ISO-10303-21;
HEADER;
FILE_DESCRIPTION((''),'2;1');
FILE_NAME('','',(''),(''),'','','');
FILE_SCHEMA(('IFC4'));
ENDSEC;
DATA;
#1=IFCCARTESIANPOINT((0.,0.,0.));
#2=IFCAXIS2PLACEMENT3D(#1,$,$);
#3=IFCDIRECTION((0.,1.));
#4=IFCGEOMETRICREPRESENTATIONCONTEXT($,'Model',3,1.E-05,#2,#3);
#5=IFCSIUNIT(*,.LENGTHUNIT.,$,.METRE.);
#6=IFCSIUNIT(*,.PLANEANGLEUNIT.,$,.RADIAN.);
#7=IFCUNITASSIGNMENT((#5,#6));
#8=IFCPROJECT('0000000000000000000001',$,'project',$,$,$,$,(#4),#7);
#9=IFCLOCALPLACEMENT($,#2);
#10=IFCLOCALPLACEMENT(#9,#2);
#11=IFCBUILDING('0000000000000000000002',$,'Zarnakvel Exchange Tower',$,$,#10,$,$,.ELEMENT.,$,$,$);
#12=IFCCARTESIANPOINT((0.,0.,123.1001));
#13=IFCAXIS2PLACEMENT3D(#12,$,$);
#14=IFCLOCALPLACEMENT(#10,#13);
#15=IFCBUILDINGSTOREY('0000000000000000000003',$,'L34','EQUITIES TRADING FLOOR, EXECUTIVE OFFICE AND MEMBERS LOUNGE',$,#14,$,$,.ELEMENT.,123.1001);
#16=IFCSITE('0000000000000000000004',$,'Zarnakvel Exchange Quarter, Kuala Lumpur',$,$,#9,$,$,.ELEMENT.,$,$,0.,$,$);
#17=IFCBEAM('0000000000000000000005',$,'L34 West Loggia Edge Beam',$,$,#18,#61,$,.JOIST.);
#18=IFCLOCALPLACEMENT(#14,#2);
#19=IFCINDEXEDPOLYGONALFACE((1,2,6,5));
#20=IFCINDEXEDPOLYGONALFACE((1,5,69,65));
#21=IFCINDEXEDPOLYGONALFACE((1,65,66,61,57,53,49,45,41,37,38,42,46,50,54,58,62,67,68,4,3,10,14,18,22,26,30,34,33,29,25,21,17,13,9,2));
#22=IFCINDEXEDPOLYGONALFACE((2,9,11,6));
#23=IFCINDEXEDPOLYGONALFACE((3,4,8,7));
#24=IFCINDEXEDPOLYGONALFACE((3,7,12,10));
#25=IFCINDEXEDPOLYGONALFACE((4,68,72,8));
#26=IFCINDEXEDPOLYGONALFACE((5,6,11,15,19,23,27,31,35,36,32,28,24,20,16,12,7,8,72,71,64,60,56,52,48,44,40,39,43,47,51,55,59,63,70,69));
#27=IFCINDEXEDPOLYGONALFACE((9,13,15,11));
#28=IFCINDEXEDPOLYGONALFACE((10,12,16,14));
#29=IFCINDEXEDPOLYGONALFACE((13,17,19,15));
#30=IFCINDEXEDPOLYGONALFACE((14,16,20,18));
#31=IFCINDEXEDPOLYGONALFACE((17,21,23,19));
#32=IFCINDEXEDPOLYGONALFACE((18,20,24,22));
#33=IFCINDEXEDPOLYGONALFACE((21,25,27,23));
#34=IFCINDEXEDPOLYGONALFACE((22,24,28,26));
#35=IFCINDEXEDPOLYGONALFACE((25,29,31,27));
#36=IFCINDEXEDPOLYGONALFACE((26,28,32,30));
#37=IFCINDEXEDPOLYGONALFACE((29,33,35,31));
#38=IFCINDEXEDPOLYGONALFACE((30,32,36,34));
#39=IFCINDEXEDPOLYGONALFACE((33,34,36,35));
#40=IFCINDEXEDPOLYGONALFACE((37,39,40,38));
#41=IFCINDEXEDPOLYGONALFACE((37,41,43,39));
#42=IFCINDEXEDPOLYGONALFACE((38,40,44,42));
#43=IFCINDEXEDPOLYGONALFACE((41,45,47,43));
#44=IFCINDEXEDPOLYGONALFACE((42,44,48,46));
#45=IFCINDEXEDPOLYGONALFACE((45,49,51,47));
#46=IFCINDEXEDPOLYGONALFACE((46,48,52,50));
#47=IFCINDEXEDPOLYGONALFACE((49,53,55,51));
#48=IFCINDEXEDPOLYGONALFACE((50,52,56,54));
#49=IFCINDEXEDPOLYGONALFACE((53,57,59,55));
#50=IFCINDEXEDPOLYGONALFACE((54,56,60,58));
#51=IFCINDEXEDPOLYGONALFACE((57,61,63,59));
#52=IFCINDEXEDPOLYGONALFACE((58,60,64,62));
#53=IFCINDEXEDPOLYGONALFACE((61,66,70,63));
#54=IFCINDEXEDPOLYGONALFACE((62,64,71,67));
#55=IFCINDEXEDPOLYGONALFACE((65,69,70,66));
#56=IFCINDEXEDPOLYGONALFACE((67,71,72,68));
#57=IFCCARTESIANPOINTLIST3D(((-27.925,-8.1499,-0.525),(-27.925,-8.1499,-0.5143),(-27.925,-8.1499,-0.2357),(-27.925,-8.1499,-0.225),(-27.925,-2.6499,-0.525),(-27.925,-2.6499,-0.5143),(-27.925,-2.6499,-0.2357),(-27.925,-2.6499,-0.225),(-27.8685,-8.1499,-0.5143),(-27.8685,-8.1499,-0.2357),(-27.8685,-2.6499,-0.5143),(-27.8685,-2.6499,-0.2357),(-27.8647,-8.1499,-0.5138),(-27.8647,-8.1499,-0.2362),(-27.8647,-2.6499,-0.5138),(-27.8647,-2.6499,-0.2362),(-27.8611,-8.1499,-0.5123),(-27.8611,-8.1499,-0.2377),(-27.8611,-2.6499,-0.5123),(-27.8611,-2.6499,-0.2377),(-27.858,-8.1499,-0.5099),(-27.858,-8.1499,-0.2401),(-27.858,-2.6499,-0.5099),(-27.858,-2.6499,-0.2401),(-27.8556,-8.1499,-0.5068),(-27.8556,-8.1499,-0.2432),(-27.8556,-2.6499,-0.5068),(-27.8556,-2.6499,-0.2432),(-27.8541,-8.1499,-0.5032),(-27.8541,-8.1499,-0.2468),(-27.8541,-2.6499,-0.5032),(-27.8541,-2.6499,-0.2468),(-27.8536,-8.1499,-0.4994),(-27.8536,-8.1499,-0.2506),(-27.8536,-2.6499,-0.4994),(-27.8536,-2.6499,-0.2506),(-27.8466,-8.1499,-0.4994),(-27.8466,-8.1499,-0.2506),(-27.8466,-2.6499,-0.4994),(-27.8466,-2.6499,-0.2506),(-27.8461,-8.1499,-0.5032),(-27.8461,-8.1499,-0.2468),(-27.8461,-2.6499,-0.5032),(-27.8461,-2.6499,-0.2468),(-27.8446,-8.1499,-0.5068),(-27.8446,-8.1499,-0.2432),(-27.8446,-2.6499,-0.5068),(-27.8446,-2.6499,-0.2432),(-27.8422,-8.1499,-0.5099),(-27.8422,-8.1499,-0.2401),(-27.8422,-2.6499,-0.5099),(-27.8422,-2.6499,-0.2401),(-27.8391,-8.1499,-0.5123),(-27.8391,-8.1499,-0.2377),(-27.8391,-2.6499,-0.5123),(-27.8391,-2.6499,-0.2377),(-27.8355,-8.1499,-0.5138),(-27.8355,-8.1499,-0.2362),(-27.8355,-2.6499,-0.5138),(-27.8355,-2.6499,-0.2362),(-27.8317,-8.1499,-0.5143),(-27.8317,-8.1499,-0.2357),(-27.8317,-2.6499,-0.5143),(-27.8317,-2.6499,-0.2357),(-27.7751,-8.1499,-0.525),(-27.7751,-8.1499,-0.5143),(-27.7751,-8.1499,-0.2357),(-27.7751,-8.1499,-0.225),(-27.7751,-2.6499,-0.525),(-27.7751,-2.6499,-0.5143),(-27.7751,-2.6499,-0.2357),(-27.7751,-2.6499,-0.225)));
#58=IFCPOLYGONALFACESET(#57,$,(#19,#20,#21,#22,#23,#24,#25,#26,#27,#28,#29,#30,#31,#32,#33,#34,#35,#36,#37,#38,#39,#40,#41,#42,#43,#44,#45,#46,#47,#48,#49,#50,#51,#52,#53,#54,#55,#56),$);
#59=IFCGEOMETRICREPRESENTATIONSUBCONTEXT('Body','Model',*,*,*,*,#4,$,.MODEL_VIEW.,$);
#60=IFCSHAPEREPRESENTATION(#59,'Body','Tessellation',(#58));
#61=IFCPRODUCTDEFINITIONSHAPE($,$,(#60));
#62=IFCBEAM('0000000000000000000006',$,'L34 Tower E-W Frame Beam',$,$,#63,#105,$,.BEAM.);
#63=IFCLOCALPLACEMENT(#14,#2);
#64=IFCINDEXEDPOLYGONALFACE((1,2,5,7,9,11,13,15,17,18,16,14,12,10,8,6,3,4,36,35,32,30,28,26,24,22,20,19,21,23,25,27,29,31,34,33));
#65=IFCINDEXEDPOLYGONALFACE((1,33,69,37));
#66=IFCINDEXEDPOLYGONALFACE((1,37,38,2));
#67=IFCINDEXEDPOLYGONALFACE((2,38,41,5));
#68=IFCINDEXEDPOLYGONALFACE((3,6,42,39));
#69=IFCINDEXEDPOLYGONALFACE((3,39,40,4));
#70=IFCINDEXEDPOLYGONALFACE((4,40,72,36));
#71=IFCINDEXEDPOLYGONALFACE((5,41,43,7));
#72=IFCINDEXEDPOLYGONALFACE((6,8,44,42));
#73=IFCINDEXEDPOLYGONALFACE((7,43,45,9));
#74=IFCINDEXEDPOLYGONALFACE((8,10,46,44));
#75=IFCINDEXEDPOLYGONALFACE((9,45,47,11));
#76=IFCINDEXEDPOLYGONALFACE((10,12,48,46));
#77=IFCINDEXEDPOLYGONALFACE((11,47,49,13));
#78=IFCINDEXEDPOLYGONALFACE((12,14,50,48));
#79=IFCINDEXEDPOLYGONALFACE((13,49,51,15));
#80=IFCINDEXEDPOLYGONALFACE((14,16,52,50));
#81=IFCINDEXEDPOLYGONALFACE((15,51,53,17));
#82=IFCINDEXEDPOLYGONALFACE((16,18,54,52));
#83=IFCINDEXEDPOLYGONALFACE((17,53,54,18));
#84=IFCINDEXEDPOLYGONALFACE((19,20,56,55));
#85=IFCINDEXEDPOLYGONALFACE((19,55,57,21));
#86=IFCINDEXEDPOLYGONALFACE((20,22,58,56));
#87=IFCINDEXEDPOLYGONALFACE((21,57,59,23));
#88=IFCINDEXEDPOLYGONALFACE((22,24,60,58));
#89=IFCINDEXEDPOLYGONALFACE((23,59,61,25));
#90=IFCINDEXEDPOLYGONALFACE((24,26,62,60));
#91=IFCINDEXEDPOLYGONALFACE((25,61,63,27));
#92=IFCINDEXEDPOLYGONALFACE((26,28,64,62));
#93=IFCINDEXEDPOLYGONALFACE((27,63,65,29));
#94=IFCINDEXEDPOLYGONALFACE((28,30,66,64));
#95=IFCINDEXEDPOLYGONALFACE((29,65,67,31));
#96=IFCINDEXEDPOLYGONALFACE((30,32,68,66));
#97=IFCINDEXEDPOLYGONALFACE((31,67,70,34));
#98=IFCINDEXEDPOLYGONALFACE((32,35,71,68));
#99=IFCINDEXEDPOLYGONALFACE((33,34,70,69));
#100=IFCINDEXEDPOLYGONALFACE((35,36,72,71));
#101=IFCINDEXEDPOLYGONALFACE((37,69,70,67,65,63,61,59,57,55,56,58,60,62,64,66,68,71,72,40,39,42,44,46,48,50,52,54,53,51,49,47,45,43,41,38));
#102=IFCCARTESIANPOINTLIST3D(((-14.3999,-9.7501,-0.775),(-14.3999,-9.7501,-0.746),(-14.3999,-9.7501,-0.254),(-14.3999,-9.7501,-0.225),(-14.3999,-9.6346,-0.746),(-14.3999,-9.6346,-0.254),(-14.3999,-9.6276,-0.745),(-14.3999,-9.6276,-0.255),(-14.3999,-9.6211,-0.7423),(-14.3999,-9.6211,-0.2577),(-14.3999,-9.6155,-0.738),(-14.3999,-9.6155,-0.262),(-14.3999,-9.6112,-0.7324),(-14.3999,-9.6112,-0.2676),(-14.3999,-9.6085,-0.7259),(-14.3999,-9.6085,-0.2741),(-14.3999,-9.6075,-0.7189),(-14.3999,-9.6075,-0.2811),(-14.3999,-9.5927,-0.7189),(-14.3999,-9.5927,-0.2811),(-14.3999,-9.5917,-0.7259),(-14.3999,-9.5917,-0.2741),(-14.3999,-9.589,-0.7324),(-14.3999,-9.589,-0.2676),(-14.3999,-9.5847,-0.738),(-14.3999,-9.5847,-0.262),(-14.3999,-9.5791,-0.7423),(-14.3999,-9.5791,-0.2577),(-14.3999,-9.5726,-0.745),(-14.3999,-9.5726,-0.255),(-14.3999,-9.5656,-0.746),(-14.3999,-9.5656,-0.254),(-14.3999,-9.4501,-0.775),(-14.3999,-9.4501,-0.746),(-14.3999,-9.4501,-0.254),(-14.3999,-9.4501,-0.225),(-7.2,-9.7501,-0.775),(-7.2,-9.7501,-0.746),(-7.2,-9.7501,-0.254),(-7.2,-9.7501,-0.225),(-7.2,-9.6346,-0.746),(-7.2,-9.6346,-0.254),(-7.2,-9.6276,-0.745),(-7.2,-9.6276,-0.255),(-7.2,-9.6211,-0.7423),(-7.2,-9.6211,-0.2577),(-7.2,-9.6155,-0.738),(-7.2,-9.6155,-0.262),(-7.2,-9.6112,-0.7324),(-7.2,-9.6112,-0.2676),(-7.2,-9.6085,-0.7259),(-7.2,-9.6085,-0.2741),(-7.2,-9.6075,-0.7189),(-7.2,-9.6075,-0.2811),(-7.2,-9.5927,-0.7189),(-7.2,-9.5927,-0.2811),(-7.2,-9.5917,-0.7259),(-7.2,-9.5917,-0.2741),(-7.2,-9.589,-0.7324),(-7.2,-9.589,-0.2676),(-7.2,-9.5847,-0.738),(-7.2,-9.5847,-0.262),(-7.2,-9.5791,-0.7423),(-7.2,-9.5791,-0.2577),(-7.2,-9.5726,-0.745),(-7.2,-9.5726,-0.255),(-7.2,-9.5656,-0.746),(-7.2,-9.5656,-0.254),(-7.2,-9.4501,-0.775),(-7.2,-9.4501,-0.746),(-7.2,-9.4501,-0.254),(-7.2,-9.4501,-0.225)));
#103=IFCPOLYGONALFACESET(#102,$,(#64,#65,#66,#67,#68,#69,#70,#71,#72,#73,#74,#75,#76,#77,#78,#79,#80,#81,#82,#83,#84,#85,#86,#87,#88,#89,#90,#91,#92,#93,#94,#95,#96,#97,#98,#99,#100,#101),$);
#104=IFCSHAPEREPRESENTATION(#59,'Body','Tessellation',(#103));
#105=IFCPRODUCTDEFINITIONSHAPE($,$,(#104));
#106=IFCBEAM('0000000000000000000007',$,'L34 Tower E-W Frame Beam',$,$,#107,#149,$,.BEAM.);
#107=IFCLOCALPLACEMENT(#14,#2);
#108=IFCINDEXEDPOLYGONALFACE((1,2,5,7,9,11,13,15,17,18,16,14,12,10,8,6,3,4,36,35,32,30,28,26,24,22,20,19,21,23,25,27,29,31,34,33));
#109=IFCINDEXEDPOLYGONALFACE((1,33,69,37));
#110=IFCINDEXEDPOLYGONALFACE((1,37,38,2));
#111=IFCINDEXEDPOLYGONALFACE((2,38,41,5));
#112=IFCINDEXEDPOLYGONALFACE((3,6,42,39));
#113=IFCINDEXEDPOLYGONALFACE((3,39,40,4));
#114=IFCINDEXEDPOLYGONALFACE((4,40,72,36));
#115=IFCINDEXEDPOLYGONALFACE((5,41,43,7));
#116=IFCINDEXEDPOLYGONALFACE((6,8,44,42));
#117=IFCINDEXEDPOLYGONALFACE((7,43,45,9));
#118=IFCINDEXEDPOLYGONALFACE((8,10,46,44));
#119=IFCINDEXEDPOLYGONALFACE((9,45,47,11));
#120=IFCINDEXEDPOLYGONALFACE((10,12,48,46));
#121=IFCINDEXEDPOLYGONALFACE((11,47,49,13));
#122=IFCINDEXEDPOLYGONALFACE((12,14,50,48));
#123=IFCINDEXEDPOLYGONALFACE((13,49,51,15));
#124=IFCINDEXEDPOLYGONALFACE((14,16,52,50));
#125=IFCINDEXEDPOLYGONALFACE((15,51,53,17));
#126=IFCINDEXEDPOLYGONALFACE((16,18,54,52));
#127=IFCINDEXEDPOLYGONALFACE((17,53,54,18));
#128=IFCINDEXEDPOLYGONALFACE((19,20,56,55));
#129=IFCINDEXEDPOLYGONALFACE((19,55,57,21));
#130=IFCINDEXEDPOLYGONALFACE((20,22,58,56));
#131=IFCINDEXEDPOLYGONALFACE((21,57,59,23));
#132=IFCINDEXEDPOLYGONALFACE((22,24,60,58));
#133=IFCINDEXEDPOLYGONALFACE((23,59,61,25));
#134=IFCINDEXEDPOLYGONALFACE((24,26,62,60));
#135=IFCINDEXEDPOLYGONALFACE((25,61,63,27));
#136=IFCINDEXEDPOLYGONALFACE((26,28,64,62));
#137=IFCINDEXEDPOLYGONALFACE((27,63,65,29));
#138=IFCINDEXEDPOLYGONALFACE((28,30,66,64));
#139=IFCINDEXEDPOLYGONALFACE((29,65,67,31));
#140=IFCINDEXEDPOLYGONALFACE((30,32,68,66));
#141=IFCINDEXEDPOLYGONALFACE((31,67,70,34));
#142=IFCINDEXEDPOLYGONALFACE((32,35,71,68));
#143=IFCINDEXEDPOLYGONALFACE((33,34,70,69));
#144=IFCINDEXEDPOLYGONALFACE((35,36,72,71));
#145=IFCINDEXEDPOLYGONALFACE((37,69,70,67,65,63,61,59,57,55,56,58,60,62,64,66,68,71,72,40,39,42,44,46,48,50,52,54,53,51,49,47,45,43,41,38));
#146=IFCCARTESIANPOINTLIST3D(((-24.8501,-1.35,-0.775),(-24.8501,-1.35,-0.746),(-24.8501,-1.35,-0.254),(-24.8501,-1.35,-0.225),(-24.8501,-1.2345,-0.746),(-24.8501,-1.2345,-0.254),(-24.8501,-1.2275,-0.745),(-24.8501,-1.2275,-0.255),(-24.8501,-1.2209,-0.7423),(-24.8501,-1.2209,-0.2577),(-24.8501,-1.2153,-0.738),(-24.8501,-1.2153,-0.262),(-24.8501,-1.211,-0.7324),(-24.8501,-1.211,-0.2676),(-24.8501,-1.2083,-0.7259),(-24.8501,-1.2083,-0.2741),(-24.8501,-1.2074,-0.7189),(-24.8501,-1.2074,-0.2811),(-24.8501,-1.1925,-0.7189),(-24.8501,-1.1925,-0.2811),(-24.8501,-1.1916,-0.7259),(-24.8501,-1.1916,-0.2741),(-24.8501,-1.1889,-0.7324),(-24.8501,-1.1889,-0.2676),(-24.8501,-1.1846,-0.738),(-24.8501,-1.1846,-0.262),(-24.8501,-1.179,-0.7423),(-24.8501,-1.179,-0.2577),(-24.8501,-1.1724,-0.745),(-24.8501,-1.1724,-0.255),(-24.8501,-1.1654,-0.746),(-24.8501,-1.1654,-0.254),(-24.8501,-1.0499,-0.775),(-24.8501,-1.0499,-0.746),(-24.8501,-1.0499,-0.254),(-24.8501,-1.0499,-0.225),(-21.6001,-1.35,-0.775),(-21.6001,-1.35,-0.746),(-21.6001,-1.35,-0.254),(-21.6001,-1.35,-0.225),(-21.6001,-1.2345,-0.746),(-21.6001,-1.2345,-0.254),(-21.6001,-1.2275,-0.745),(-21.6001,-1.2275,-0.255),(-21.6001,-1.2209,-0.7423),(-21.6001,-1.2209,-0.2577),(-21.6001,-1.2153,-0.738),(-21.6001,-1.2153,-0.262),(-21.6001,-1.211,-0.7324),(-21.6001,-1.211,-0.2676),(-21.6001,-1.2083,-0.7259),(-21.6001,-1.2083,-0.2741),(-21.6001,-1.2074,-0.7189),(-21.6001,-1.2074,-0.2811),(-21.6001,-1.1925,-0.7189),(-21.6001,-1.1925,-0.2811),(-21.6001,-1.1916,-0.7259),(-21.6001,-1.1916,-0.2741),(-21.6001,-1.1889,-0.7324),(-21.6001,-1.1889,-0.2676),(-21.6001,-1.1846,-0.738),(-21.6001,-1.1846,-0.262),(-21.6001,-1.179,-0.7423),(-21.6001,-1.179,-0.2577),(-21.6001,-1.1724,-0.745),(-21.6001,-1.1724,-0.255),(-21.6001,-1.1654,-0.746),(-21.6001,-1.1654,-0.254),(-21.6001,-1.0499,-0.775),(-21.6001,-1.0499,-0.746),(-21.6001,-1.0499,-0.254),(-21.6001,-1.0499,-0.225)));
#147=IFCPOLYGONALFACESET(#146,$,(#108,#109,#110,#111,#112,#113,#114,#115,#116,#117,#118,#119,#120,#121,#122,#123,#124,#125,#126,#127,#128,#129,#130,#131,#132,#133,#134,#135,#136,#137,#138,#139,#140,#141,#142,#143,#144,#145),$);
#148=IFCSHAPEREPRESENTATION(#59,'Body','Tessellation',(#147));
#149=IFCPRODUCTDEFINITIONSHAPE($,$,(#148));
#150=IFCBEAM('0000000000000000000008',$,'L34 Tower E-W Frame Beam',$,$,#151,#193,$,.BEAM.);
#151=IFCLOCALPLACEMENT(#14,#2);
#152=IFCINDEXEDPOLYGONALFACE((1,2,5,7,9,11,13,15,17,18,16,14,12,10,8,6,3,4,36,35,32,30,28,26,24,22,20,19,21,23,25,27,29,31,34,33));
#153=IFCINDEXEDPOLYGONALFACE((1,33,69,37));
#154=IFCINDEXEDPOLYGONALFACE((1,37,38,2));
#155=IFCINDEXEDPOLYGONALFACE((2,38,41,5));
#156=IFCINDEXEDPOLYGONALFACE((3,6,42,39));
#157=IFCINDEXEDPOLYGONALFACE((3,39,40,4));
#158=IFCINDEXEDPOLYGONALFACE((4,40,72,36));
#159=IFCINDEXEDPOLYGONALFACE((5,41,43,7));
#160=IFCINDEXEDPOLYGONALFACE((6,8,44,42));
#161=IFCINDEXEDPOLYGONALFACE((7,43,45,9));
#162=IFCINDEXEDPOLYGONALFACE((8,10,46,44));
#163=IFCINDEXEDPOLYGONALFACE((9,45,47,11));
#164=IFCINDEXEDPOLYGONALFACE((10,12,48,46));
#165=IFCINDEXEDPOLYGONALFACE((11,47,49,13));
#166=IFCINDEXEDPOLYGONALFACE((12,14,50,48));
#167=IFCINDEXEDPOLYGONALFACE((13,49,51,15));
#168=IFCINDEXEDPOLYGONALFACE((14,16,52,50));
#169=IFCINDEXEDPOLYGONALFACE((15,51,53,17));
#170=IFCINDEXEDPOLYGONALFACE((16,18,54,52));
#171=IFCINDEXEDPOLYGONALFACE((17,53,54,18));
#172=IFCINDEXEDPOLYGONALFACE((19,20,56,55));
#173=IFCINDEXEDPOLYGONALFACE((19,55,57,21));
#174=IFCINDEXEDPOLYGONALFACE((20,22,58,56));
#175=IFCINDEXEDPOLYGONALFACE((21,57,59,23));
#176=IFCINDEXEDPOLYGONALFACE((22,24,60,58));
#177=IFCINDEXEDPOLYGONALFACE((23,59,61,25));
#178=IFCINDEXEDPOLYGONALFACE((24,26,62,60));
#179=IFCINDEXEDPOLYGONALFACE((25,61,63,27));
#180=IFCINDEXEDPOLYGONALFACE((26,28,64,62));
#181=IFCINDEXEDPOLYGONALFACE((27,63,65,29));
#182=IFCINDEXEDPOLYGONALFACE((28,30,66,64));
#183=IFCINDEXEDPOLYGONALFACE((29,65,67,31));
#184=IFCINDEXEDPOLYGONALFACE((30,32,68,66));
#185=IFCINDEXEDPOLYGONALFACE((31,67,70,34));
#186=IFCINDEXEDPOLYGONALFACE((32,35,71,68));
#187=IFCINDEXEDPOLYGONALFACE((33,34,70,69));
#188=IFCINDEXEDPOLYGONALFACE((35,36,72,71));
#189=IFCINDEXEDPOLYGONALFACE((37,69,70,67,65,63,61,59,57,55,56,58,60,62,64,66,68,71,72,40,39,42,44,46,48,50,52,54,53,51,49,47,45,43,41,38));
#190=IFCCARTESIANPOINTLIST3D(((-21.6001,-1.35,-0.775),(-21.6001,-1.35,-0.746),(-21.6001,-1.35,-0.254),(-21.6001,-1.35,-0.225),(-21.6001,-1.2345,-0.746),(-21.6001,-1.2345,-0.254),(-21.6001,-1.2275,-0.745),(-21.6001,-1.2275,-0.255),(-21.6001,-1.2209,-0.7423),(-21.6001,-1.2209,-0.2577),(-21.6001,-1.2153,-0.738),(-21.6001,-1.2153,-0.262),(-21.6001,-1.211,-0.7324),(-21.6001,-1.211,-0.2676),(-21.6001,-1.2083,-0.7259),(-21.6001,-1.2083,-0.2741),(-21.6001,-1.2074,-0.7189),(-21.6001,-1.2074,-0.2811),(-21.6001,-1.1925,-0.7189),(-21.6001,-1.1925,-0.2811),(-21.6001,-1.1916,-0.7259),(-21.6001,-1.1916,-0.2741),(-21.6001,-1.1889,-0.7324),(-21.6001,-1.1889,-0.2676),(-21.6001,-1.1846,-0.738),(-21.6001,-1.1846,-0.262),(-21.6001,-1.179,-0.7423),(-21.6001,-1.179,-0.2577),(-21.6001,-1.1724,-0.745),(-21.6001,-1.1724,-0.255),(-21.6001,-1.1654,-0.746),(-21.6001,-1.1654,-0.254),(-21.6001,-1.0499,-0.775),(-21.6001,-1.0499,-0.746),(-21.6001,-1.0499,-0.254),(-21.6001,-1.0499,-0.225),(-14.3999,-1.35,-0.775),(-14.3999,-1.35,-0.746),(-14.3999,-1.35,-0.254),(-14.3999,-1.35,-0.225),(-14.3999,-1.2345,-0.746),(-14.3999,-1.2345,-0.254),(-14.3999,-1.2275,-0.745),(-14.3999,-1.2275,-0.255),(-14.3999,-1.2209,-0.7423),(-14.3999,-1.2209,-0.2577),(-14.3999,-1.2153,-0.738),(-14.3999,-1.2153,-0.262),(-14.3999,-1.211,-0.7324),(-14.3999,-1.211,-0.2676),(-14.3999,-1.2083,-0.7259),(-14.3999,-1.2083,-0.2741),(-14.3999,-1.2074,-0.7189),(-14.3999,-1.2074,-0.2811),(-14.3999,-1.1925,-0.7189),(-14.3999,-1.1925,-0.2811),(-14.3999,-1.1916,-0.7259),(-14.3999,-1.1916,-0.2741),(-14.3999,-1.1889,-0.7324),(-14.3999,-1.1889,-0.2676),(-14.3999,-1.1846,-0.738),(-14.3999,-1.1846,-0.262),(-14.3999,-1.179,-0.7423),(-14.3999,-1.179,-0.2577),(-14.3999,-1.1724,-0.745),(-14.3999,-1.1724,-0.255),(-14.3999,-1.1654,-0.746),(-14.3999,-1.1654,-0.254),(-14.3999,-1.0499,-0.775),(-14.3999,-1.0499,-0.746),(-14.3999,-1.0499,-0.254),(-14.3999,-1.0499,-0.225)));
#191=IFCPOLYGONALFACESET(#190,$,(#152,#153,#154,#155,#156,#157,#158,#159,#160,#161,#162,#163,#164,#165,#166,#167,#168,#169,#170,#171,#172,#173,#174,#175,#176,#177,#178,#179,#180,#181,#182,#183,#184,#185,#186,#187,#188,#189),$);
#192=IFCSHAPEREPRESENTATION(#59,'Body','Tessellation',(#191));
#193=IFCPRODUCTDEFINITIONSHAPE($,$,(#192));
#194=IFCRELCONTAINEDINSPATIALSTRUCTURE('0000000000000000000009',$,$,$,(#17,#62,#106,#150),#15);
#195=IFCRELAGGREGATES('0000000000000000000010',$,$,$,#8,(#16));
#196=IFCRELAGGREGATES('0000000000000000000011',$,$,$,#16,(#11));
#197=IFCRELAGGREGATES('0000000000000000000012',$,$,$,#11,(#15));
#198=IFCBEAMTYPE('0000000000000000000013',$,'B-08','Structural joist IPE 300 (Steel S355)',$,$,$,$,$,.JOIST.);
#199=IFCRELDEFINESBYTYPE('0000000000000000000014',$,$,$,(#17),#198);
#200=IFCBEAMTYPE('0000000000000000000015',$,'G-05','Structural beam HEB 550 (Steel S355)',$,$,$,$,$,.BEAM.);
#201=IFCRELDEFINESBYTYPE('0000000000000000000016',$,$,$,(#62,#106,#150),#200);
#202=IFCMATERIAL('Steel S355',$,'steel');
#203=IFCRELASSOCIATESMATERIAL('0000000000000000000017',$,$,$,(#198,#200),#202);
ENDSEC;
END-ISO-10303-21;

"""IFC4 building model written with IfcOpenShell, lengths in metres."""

from ifc_helpers import new_model, si_unit, direction, frame, origin, origin_2d, place, context, subcontext, project, spatial, i_section, extrude, material, material_profile, profile_set, type_object, element, save


model = new_model("IFC4")

# Units and contexts
model_context = context("Model", 3, precision=1e-05, world=origin(), true_north=direction((0.0, 1.0)))
body_context = subcontext(model_context, "Body", "Model", "MODEL_VIEW")
ifc_project = project(units=[si_unit("LENGTHUNIT", "METRE"), si_unit("PLANEANGLEUNIT", "RADIAN")], contexts=[model_context])

# Site, building, storey
site_placement = place(None, origin())
site = spatial("IfcSite", under=ifc_project, at=site_placement, Name="Zarnakvel Exchange Quarter, Kuala Lumpur", CompositionType="ELEMENT", RefElevation=0.0)
building_placement = place(site_placement, origin())
building = spatial("IfcBuilding", under=site, at=building_placement, Name="Zarnakvel Exchange Tower", CompositionType="ELEMENT")
storey_placement = place(building_placement, frame((0.0, 0.0, 123.1001)))
storey = spatial("IfcBuildingStorey", under=building, at=storey_placement, Name="L34", Description="EQUITIES TRADING FLOOR, EXECUTIVE OFFICE AND MEMBERS LOUNGE", CompositionType="ELEMENT", Elevation=123.1001)

# Shared definitions
ifc_material_1 = material(Name="Steel S355", Category="steel")

# Beams
ifc_material_profile_1 = material_profile(ifc_material_1, i_section(OverallWidth=0.1499, OverallDepth=0.3, WebThickness=0.0071, FlangeThickness=0.0107, FilletRadius=0.0149, at=origin_2d()))
ifc_profile_set_1 = profile_set([ifc_material_profile_1], Name="Steel S355")
beam_type_1 = type_object("IfcBeamType", Name="B-08", Description="Structural joist IPE 300 (Steel S355)", PredefinedType="JOIST", material=ifc_profile_set_1)
beam_1_placement = place(storey_placement, frame((-27.8501, -8.1499, -0.375), z_axis=(0.0, 1.0, 0.0), x_axis=(-1.0, 0.0, 0.0)))
element("IfcBeam", 1, at=beam_1_placement, inside=storey, type_object=beam_type_1, Name="L34 West Loggia Edge Beam", PredefinedType="JOIST", context=body_context, shape_type="SweptSolid", body=[
    extrude(i_section(OverallWidth=0.1499, OverallDepth=0.3, WebThickness=0.0071, FlangeThickness=0.0107, FilletRadius=0.0149, at=origin_2d()), origin(), (0.0, 0.0, 1.0), 5.5),
])
ifc_material_profile_2 = material_profile(ifc_material_1, i_section(OverallWidth=0.3, OverallDepth=0.55, WebThickness=0.0149, FlangeThickness=0.0291, FilletRadius=0.0271, at=origin_2d()))
ifc_profile_set_2 = profile_set([ifc_material_profile_2], Name="Steel S355")
beam_type_2 = type_object("IfcBeamType", Name="G-05", Description="Structural beam HEB 550 (Steel S355)", PredefinedType="BEAM", material=ifc_profile_set_2)
beam_2_placement = place(storey_placement, frame((-14.3999, -9.6001, -0.5), z_axis=(1.0, 0.0, 0.0), x_axis=(0.0, 1.0, 0.0)))
element("IfcBeam", 2, at=beam_2_placement, inside=storey, type_object=beam_type_2, Name="L34 Tower E-W Frame Beam", PredefinedType="BEAM", context=body_context, shape_type="SweptSolid", body=[
    extrude(i_section(OverallWidth=0.3, OverallDepth=0.55, WebThickness=0.0149, FlangeThickness=0.0291, FilletRadius=0.0271, at=origin_2d()), origin(), (0.0, 0.0, 1.0), 7.2),
])
beam_3_placement = place(storey_placement, frame((-24.8501, -1.2, -0.5), z_axis=(1.0, 0.0, 0.0), x_axis=(0.0, 1.0, 0.0)))
element("IfcBeam", 3, at=beam_3_placement, inside=storey, type_object=beam_type_2, Name="L34 Tower E-W Frame Beam", PredefinedType="BEAM", context=body_context, shape_type="SweptSolid", body=[
    extrude(i_section(OverallWidth=0.3, OverallDepth=0.55, WebThickness=0.0149, FlangeThickness=0.0291, FilletRadius=0.0271, at=origin_2d()), origin(), (0.0, 0.0, 1.0), 3.25),
])
beam_4_placement = place(storey_placement, frame((-21.6001, -1.2, -0.5), z_axis=(1.0, 0.0, 0.0), x_axis=(0.0, 1.0, 0.0)))
element("IfcBeam", 4, at=beam_4_placement, inside=storey, type_object=beam_type_2, Name="L34 Tower E-W Frame Beam", PredefinedType="BEAM", context=body_context, shape_type="SweptSolid", body=[
    extrude(i_section(OverallWidth=0.3, OverallDepth=0.55, WebThickness=0.0149, FlangeThickness=0.0291, FilletRadius=0.0271, at=origin_2d()), origin(), (0.0, 0.0, 1.0), 7.2002),
])

save(model, "model.ifc")
